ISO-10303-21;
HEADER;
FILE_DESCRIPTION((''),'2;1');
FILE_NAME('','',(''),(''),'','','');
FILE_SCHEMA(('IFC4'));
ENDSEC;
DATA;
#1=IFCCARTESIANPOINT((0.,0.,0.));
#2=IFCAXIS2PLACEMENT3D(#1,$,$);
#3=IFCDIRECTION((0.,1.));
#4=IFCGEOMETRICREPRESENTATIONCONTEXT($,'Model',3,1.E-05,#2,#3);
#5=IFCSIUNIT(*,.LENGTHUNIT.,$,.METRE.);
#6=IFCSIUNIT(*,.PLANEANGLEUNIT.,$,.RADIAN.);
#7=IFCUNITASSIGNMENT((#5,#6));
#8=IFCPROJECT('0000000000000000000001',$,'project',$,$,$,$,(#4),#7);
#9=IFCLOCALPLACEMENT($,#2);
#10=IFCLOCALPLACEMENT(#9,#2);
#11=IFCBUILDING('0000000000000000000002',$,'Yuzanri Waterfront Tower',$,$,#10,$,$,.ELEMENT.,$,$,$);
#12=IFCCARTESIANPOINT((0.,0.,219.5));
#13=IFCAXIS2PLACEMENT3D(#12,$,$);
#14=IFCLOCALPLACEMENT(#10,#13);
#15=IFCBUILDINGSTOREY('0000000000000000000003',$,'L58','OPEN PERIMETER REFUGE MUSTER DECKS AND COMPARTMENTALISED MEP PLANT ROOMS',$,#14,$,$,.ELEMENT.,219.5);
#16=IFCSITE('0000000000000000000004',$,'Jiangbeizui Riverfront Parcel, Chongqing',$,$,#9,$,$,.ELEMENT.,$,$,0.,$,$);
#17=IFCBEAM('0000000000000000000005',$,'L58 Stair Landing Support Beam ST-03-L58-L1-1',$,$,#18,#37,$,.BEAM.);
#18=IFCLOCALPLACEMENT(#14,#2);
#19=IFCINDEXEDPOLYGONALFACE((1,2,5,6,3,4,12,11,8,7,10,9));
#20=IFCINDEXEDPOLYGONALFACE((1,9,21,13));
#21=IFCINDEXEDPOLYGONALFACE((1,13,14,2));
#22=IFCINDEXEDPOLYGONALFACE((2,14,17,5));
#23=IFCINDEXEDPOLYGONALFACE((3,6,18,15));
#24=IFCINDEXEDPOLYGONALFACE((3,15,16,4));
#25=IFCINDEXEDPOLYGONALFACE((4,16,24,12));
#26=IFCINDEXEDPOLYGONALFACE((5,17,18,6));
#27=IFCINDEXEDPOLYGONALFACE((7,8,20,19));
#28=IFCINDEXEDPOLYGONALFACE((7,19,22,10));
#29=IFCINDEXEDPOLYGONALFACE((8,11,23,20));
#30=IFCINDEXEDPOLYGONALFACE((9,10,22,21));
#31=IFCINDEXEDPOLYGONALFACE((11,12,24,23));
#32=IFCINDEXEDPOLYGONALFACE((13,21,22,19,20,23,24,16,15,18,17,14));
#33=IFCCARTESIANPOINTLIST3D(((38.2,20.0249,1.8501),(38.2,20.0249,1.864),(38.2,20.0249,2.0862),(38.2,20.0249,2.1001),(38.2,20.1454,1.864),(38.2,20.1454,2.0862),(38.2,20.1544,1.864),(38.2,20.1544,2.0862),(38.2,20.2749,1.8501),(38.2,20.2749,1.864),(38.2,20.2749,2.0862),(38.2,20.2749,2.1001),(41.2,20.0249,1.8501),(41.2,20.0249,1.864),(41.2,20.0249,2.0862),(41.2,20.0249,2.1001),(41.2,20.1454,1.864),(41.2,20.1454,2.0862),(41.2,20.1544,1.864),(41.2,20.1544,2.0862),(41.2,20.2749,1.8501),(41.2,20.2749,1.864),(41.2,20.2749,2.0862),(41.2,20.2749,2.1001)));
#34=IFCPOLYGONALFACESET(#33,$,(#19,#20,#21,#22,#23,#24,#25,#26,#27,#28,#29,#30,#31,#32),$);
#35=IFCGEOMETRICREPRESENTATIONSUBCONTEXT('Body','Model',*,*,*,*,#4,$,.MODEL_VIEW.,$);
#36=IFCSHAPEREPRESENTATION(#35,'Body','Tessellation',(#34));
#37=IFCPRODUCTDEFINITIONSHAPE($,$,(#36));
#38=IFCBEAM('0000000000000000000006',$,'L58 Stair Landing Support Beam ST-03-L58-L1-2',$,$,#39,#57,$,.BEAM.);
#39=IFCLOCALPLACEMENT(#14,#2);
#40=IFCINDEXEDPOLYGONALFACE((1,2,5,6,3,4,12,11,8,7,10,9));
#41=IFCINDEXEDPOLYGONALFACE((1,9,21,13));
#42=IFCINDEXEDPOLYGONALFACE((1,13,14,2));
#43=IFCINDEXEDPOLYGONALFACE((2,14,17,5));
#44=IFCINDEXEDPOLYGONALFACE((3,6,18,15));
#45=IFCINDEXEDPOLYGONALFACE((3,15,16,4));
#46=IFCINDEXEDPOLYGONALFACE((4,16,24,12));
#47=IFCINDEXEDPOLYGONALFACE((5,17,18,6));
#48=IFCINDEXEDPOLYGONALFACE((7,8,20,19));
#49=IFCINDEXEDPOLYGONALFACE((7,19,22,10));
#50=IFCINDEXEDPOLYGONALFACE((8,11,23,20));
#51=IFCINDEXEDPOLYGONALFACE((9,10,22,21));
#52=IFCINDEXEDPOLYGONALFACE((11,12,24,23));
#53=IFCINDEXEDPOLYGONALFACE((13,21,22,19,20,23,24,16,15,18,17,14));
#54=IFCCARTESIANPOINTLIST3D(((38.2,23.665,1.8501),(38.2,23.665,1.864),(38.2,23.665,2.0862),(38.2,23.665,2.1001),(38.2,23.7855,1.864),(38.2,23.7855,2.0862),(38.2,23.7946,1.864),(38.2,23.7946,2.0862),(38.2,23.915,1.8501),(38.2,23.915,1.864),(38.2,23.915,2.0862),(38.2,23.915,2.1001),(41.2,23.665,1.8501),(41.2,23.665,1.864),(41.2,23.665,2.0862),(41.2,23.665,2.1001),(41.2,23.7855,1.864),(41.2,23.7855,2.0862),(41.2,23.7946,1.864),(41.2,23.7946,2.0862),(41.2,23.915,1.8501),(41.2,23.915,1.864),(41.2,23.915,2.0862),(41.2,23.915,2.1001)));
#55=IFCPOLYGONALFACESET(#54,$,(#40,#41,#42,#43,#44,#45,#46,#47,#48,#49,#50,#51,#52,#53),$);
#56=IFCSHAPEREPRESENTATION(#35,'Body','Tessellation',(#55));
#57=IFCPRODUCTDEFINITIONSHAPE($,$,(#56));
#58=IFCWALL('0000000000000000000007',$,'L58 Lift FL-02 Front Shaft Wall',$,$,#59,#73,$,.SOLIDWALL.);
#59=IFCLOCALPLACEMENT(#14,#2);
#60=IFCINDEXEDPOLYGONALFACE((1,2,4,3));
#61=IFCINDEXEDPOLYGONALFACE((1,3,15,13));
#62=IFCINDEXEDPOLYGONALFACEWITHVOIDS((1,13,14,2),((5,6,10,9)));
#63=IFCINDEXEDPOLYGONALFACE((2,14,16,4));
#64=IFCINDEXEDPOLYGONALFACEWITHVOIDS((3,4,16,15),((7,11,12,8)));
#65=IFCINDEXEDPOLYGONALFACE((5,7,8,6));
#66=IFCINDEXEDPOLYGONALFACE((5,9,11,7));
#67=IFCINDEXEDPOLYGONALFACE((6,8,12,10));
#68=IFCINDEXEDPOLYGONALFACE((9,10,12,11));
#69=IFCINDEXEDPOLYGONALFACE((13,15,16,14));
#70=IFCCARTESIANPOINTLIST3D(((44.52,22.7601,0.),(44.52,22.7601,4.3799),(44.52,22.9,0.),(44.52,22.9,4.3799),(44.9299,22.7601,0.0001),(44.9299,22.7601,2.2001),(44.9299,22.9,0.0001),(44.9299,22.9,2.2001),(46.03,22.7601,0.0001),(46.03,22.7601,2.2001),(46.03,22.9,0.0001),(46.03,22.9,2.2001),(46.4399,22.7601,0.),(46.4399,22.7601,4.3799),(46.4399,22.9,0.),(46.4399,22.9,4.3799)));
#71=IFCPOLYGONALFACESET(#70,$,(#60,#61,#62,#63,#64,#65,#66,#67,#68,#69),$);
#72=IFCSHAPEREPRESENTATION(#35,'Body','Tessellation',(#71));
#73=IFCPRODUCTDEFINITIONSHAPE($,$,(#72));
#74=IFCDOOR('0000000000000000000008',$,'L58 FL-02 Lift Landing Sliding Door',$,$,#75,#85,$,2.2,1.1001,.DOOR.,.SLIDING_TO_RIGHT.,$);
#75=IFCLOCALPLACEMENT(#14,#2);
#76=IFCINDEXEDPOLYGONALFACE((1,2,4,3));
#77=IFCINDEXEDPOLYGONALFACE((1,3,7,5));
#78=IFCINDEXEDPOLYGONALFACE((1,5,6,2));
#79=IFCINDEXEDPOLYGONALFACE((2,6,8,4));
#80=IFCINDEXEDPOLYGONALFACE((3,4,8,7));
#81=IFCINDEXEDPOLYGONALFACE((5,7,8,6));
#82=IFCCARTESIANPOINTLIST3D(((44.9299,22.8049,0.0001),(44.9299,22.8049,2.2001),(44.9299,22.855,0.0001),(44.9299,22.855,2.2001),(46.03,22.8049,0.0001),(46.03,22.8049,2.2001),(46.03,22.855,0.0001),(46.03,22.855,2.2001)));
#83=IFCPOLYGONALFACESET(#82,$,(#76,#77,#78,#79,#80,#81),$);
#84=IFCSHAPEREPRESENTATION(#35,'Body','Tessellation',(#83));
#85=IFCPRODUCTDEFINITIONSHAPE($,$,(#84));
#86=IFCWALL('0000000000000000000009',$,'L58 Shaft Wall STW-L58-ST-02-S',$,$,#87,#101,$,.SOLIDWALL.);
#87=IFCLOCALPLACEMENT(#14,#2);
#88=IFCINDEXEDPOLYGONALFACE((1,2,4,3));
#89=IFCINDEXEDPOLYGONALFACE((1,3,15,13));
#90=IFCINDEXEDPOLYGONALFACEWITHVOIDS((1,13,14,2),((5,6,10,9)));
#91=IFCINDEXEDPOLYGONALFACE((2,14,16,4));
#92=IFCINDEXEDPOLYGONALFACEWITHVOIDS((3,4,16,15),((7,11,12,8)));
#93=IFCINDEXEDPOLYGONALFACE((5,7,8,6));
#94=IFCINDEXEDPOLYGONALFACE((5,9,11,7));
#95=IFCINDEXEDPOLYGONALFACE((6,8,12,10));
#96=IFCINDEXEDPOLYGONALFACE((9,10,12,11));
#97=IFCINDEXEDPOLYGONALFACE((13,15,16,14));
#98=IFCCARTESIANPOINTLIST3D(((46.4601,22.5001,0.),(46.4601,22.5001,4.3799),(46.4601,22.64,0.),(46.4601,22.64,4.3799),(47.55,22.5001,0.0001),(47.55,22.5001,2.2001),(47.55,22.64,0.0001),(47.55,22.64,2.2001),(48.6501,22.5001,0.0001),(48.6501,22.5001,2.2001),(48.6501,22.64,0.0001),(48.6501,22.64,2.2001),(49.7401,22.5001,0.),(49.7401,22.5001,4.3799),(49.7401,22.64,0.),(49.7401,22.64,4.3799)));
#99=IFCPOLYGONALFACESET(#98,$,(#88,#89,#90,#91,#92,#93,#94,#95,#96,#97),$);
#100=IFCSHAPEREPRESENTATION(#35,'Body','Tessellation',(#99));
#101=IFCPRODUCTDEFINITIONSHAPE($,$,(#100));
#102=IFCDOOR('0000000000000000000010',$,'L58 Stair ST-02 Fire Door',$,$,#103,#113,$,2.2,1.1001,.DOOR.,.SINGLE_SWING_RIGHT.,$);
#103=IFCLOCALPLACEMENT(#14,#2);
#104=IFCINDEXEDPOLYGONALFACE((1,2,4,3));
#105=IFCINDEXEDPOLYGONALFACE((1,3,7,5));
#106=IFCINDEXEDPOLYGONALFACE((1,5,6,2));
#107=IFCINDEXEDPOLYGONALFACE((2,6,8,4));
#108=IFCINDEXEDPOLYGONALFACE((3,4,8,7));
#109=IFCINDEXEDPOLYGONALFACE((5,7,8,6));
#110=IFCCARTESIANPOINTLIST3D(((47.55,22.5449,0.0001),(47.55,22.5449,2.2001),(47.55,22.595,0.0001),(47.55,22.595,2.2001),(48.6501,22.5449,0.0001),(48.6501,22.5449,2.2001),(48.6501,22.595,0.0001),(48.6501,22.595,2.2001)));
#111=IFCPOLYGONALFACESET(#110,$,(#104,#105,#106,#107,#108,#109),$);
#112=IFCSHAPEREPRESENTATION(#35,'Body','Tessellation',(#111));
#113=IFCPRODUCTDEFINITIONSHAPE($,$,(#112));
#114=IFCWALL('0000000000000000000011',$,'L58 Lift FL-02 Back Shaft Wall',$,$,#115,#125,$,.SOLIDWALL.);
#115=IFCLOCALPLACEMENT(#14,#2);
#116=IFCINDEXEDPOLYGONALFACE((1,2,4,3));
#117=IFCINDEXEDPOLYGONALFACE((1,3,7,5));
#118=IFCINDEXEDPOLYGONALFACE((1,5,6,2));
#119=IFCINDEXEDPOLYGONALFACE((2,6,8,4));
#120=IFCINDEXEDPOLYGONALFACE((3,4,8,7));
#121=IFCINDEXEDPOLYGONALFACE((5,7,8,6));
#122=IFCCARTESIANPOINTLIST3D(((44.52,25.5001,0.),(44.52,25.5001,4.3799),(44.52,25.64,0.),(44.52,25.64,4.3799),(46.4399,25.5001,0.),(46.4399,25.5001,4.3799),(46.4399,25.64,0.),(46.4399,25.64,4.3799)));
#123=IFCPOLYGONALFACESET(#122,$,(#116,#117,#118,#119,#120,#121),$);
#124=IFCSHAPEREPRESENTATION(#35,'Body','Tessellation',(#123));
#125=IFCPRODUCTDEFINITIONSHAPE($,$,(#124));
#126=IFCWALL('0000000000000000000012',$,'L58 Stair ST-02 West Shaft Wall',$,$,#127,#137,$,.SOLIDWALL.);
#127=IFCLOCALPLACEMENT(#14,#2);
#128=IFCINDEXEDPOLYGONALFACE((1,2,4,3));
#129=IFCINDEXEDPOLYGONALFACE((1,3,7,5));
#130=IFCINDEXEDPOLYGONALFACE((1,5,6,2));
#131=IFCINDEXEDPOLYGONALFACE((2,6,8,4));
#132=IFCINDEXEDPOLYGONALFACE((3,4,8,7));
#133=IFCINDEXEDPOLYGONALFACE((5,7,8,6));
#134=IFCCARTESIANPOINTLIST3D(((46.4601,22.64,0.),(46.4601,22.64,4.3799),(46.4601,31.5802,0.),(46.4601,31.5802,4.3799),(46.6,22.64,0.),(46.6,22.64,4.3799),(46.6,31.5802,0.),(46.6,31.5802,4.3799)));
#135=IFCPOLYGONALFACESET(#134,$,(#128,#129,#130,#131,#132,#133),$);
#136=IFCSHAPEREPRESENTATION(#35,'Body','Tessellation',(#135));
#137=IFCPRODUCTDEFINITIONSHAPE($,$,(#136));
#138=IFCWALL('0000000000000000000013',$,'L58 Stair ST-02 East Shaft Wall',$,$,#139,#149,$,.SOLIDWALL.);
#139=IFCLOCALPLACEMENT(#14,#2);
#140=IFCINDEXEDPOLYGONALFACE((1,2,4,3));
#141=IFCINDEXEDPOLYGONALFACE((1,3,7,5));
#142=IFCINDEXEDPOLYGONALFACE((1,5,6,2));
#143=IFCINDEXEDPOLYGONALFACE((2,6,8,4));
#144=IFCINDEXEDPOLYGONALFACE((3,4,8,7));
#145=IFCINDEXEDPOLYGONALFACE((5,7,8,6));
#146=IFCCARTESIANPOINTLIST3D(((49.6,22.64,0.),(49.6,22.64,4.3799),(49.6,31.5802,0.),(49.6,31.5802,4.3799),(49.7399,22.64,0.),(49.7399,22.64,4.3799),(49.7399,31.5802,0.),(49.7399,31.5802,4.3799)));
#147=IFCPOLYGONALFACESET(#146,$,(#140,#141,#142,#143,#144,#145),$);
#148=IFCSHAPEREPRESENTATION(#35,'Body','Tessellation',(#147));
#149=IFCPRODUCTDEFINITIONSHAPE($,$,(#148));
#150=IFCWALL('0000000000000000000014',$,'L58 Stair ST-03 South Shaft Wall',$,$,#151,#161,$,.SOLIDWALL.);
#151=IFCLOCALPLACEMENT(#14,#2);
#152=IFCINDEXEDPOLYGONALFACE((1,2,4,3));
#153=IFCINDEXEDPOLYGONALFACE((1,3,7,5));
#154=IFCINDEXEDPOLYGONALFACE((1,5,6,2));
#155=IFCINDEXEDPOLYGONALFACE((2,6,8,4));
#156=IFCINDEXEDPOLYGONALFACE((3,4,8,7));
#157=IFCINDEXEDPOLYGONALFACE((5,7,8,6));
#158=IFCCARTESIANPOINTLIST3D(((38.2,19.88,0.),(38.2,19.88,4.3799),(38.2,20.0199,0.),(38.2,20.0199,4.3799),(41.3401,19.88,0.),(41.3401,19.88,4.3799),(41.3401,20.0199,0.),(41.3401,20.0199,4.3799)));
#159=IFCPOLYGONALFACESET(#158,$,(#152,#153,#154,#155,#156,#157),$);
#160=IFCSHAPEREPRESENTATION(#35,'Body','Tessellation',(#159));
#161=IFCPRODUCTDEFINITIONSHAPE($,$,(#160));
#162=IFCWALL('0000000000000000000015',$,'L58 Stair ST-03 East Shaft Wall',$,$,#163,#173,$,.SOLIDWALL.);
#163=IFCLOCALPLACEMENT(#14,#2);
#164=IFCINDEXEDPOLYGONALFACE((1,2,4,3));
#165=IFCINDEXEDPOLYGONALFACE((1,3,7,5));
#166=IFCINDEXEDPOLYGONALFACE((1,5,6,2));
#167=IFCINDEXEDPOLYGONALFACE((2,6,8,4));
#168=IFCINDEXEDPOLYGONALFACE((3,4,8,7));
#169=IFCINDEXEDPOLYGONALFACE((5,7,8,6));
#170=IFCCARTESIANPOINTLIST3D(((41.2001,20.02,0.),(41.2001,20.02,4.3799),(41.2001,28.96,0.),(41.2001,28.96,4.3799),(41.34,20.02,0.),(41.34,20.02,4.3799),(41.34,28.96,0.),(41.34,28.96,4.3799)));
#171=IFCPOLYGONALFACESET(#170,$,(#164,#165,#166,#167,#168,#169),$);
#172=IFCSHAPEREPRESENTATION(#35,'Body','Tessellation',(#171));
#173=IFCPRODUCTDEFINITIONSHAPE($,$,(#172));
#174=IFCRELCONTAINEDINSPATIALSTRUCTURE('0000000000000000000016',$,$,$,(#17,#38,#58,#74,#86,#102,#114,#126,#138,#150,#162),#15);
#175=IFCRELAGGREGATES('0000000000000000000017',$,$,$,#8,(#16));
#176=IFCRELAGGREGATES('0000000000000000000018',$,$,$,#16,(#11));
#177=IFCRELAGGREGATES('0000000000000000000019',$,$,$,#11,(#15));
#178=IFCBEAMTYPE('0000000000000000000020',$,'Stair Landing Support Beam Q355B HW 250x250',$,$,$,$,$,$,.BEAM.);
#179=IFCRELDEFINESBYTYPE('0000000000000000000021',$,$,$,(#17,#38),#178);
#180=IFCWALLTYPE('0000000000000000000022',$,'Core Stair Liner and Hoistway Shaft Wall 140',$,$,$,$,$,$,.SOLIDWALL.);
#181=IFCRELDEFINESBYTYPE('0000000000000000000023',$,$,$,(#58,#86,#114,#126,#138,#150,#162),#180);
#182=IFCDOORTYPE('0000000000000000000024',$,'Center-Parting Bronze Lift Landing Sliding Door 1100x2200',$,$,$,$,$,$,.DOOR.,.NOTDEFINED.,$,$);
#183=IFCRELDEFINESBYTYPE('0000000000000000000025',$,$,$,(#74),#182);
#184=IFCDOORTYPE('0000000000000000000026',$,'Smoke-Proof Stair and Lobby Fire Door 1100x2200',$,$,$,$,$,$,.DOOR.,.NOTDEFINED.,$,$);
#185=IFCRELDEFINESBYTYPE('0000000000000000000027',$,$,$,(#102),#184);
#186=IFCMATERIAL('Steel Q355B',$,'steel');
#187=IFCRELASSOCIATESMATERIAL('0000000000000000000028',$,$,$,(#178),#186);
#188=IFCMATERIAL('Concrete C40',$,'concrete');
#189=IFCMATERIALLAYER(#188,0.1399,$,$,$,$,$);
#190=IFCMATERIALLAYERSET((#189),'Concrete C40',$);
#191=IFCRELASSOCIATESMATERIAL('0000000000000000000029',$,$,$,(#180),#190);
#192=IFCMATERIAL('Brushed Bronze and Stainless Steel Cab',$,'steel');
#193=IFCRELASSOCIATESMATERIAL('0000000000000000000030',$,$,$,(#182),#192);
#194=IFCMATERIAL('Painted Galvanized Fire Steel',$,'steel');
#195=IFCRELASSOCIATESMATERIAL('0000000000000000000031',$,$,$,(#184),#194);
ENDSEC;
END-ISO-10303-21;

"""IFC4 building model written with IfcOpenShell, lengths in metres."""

from ifc_helpers import new_model, si_unit, direction, frame, frame_2d, origin, origin_2d, place, context, subcontext, project, spatial, rectangle, i_section, extrude, source, transform, mapped, material, layer, layer_set, material_profile, profile_set, type_object, element, fill, save


model = new_model("IFC4")

# Units and contexts
model_context = context("Model", 3, precision=1e-05, world=origin(), true_north=direction((0.0, 1.0)))
body_context = subcontext(model_context, "Body", "Model", "MODEL_VIEW")
ifc_project = project(units=[si_unit("LENGTHUNIT", "METRE"), si_unit("PLANEANGLEUNIT", "RADIAN")], contexts=[model_context])

# Site, building, storey
site_placement = place(None, origin())
site = spatial("IfcSite", under=ifc_project, at=site_placement, Name="Jiangbeizui Riverfront Parcel, Chongqing", CompositionType="ELEMENT", RefElevation=0.0)
building_placement = place(site_placement, origin())
building = spatial("IfcBuilding", under=site, at=building_placement, Name="Yuzanri Waterfront Tower", CompositionType="ELEMENT")
storey_placement = place(building_placement, frame((0.0, 0.0, 219.5)))
storey = spatial("IfcBuildingStorey", under=building, at=storey_placement, Name="L58", Description="OPEN PERIMETER REFUGE MUSTER DECKS AND COMPARTMENTALISED MEP PLANT ROOMS", CompositionType="ELEMENT", Elevation=219.5)

# Beams
ifc_material_1 = material(Name="Steel Q355B", Category="steel")
ifc_material_profile = material_profile(ifc_material_1, i_section(OverallWidth=0.25, OverallDepth=0.25, WebThickness=0.009, FlangeThickness=0.0139, at=origin_2d()), Name="HW 250x250x9x14")
ifc_profile_set = profile_set([ifc_material_profile], Name="Steel Q355B")
beam_type = type_object("IfcBeamType", Name="Stair Landing Support Beam Q355B HW 250x250", PredefinedType="BEAM", material=ifc_profile_set)
shared_shape_1 = source(origin(), body_context, "Body", "SweptSolid", [
    extrude(i_section(OverallWidth=0.25, OverallDepth=0.25, WebThickness=0.009, FlangeThickness=0.0139, at=origin_2d()), origin(), (0.0, 0.0, 1.0), 3.0),
])
for number, where, z_axis, x_axis, name in (
    (1, (38.2, 20.1499, 1.9751), (1.0, 0.0, 0.0), (0.0, 1.0, 0.0), "L58 Stair Landing Support Beam ST-03-L58-L1-1"),
    (2, (38.2, 23.79, 1.9751), (1.0, 0.0, 0.0), (0.0, 1.0, 0.0), "L58 Stair Landing Support Beam ST-03-L58-L1-2"),
):
    element("IfcBeam", number, at=place(storey_placement, frame(where, z_axis=z_axis, x_axis=x_axis)), inside=storey, type_object=beam_type, Name=name, PredefinedType="BEAM", context=body_context, shape_type="MappedRepresentation", body=[
        mapped(shared_shape_1, transform((0.0, 0.0, 0.0), scale=1.0)),
    ])

# Walls, openings, doors
ifc_material_2 = material(Name="Concrete C40", Category="concrete")
ifc_layer_1 = layer(ifc_material_2, 0.1399)
ifc_layer_set_1 = layer_set([ifc_layer_1], Name="Concrete C40")
wall_type_1 = type_object("IfcWallType", Name="Core Stair Liner and Hoistway Shaft Wall 140", PredefinedType="SOLIDWALL", material=ifc_layer_set_1)
wall_1_placement = place(storey_placement, frame((44.52, 22.8301, 0.0), z_axis=(0.0, 0.0, 1.0), x_axis=(1.0, 0.0, 0.0)))
wall_1 = element("IfcWall", 3, at=wall_1_placement, inside=storey, type_object=wall_type_1, Name="L58 Lift FL-02 Front Shaft Wall", PredefinedType="SOLIDWALL", context=body_context, shape_type="SweptSolid", body=[
    extrude(rectangle(XDim=1.9199, YDim=0.1399, at=frame_2d((0.96, 0.0))), origin(), (0.0, 0.0, 1.0), 4.3799),
])
opening_1_placement = place(wall_1_placement, frame((0.4099, 0.0, 0.0)))
opening_1 = element("IfcOpeningElement", 4, at=opening_1_placement, cuts=wall_1, PredefinedType="OPENING", context=body_context, shape_type="SweptSolid", body=[
    extrude(rectangle(XDim=1.1001, YDim=2.2, at=frame_2d((0.55, 1.1001))), frame((0.0, 0.085, 0.0), z_axis=(0.0, -1.0, 0.0), x_axis=(1.0, 0.0, 0.0)), (0.0, 0.0, 1.0), 0.1697),
])
ifc_material_3 = material(Name="Brushed Bronze and Stainless Steel Cab", Category="steel")
door_type_1 = type_object("IfcDoorType", Name="Center-Parting Bronze Lift Landing Sliding Door 1100x2200", OperationType="NOTDEFINED", PredefinedType="DOOR", material=ifc_material_3)
shared_shape_2 = source(origin(), body_context, "Body", "SweptSolid", [
    extrude(rectangle(XDim=1.1001, YDim=2.2, at=frame_2d((0.55, 1.1001))), frame((0.0, 0.0249, 0.0), z_axis=(0.0, -1.0, 0.0), x_axis=(1.0, 0.0, 0.0)), (0.0, 0.0, 1.0), 0.05),
])
door_1_placement = place(opening_1_placement, origin())
door_1 = element("IfcDoor", 5, at=door_1_placement, inside=storey, type_object=door_type_1, Name="L58 FL-02 Lift Landing Sliding Door", OperationType="SLIDING_TO_RIGHT", OverallHeight=2.2, OverallWidth=1.1001, PredefinedType="DOOR", context=body_context, shape_type="MappedRepresentation", body=[
    mapped(shared_shape_2, transform((0.0, 0.0, 0.0), scale=1.0)),
])
fill(opening_1, door_1)
wall_2_placement = place(storey_placement, frame((46.46, 22.5701, 0.0), z_axis=(0.0, 0.0, 1.0), x_axis=(1.0, 0.0, 0.0)))
wall_2 = element("IfcWall", 6, at=wall_2_placement, inside=storey, type_object=wall_type_1, Name="L58 Shaft Wall STW-L58-ST-02-S", PredefinedType="SOLIDWALL", context=body_context, shape_type="SweptSolid", body=[
    extrude(rectangle(XDim=3.28, YDim=0.1399, at=frame_2d((1.6401, 0.0))), origin(), (0.0, 0.0, 1.0), 4.3799),
])
opening_2_placement = place(wall_2_placement, frame((1.0901, 0.0, 0.0)))
opening_2 = element("IfcOpeningElement", 7, at=opening_2_placement, cuts=wall_2, PredefinedType="OPENING", context=body_context, shape_type="SweptSolid", body=[
    extrude(rectangle(XDim=1.1001, YDim=2.2, at=frame_2d((0.55, 1.1001))), frame((0.0, 0.085, 0.0), z_axis=(0.0, -1.0, 0.0), x_axis=(1.0, 0.0, 0.0)), (0.0, 0.0, 1.0), 0.1697),
])
ifc_material_4 = material(Name="Painted Galvanized Fire Steel", Category="steel")
door_type_2 = type_object("IfcDoorType", Name="Smoke-Proof Stair and Lobby Fire Door 1100x2200", OperationType="NOTDEFINED", PredefinedType="DOOR", material=ifc_material_4)
shared_shape_3 = source(origin(), body_context, "Body", "SweptSolid", [
    extrude(rectangle(XDim=1.1001, YDim=2.2, at=frame_2d((0.55, 1.1001))), frame((0.0, 0.0249, 0.0), z_axis=(0.0, -1.0, 0.0), x_axis=(1.0, 0.0, 0.0)), (0.0, 0.0, 1.0), 0.05),
])
door_2_placement = place(opening_2_placement, origin())
door_2 = element("IfcDoor", 8, at=door_2_placement, inside=storey, type_object=door_type_2, Name="L58 Stair ST-02 Fire Door", OperationType="SINGLE_SWING_RIGHT", OverallHeight=2.2, OverallWidth=1.1001, PredefinedType="DOOR", context=body_context, shape_type="MappedRepresentation", body=[
    mapped(shared_shape_3, transform((0.0, 0.0, 0.0), scale=1.0)),
])
fill(opening_2, door_2)

# Walls
shared_shape_4 = source(origin(), body_context, "Body", "SweptSolid", [
    extrude(rectangle(XDim=1.9199, YDim=0.1399, at=frame_2d((0.96, 0.0))), origin(), (0.0, 0.0, 1.0), 4.3799),
])
wall_3_placement = place(storey_placement, frame((44.52, 25.5701, 0.0), z_axis=(0.0, 0.0, 1.0), x_axis=(1.0, 0.0, 0.0)))
element("IfcWall", 9, at=wall_3_placement, inside=storey, type_object=wall_type_1, Name="L58 Lift FL-02 Back Shaft Wall", PredefinedType="SOLIDWALL", context=body_context, shape_type="MappedRepresentation", body=[
    mapped(shared_shape_4, transform((0.0, 0.0, 0.0), scale=1.0)),
])
shared_shape_5 = source(origin(), body_context, "Body", "SweptSolid", [
    extrude(rectangle(XDim=8.9402, YDim=0.1399, at=frame_2d((4.4702, 0.0))), origin(), (0.0, 0.0, 1.0), 4.3799),
])
for number, where, z_axis, x_axis, name in (
    (10, (46.53, 22.6399, 0.0), (0.0, 0.0, 1.0), (0.0, 1.0, 0.0), "L58 Stair ST-02 West Shaft Wall"),
    (11, (49.6699, 22.6399, 0.0), (0.0, 0.0, 1.0), (0.0, 1.0, 0.0), "L58 Stair ST-02 East Shaft Wall"),
):
    element("IfcWall", number, at=place(storey_placement, frame(where, z_axis=z_axis, x_axis=x_axis)), inside=storey, type_object=wall_type_1, Name=name, PredefinedType="SOLIDWALL", context=body_context, shape_type="MappedRepresentation", body=[
        mapped(shared_shape_5, transform((0.0, 0.0, 0.0), scale=1.0)),
    ])
shared_shape_6 = source(origin(), body_context, "Body", "SweptSolid", [
    extrude(rectangle(XDim=3.1401, YDim=0.1399, at=frame_2d((1.5701, 0.0))), origin(), (0.0, 0.0, 1.0), 4.3799),
])
wall_4_placement = place(storey_placement, frame((38.2, 19.95, 0.0), z_axis=(0.0, 0.0, 1.0), x_axis=(1.0, 0.0, 0.0)))
element("IfcWall", 12, at=wall_4_placement, inside=storey, type_object=wall_type_1, Name="L58 Stair ST-03 South Shaft Wall", PredefinedType="SOLIDWALL", context=body_context, shape_type="MappedRepresentation", body=[
    mapped(shared_shape_6, transform((0.0, 0.0, 0.0), scale=1.0)),
])
shared_shape_7 = source(origin(), body_context, "Body", "SweptSolid", [
    extrude(rectangle(XDim=8.9399, YDim=0.1399, at=frame_2d((4.47, 0.0))), origin(), (0.0, 0.0, 1.0), 4.3799),
])
wall_5_placement = place(storey_placement, frame((41.27, 20.02, 0.0), z_axis=(0.0, 0.0, 1.0), x_axis=(0.0, 1.0, 0.0)))
element("IfcWall", 13, at=wall_5_placement, inside=storey, type_object=wall_type_1, Name="L58 Stair ST-03 East Shaft Wall", PredefinedType="SOLIDWALL", context=body_context, shape_type="MappedRepresentation", body=[
    mapped(shared_shape_7, transform((0.0, 0.0, 0.0), scale=1.0)),
])

save(model, "model.ifc")
